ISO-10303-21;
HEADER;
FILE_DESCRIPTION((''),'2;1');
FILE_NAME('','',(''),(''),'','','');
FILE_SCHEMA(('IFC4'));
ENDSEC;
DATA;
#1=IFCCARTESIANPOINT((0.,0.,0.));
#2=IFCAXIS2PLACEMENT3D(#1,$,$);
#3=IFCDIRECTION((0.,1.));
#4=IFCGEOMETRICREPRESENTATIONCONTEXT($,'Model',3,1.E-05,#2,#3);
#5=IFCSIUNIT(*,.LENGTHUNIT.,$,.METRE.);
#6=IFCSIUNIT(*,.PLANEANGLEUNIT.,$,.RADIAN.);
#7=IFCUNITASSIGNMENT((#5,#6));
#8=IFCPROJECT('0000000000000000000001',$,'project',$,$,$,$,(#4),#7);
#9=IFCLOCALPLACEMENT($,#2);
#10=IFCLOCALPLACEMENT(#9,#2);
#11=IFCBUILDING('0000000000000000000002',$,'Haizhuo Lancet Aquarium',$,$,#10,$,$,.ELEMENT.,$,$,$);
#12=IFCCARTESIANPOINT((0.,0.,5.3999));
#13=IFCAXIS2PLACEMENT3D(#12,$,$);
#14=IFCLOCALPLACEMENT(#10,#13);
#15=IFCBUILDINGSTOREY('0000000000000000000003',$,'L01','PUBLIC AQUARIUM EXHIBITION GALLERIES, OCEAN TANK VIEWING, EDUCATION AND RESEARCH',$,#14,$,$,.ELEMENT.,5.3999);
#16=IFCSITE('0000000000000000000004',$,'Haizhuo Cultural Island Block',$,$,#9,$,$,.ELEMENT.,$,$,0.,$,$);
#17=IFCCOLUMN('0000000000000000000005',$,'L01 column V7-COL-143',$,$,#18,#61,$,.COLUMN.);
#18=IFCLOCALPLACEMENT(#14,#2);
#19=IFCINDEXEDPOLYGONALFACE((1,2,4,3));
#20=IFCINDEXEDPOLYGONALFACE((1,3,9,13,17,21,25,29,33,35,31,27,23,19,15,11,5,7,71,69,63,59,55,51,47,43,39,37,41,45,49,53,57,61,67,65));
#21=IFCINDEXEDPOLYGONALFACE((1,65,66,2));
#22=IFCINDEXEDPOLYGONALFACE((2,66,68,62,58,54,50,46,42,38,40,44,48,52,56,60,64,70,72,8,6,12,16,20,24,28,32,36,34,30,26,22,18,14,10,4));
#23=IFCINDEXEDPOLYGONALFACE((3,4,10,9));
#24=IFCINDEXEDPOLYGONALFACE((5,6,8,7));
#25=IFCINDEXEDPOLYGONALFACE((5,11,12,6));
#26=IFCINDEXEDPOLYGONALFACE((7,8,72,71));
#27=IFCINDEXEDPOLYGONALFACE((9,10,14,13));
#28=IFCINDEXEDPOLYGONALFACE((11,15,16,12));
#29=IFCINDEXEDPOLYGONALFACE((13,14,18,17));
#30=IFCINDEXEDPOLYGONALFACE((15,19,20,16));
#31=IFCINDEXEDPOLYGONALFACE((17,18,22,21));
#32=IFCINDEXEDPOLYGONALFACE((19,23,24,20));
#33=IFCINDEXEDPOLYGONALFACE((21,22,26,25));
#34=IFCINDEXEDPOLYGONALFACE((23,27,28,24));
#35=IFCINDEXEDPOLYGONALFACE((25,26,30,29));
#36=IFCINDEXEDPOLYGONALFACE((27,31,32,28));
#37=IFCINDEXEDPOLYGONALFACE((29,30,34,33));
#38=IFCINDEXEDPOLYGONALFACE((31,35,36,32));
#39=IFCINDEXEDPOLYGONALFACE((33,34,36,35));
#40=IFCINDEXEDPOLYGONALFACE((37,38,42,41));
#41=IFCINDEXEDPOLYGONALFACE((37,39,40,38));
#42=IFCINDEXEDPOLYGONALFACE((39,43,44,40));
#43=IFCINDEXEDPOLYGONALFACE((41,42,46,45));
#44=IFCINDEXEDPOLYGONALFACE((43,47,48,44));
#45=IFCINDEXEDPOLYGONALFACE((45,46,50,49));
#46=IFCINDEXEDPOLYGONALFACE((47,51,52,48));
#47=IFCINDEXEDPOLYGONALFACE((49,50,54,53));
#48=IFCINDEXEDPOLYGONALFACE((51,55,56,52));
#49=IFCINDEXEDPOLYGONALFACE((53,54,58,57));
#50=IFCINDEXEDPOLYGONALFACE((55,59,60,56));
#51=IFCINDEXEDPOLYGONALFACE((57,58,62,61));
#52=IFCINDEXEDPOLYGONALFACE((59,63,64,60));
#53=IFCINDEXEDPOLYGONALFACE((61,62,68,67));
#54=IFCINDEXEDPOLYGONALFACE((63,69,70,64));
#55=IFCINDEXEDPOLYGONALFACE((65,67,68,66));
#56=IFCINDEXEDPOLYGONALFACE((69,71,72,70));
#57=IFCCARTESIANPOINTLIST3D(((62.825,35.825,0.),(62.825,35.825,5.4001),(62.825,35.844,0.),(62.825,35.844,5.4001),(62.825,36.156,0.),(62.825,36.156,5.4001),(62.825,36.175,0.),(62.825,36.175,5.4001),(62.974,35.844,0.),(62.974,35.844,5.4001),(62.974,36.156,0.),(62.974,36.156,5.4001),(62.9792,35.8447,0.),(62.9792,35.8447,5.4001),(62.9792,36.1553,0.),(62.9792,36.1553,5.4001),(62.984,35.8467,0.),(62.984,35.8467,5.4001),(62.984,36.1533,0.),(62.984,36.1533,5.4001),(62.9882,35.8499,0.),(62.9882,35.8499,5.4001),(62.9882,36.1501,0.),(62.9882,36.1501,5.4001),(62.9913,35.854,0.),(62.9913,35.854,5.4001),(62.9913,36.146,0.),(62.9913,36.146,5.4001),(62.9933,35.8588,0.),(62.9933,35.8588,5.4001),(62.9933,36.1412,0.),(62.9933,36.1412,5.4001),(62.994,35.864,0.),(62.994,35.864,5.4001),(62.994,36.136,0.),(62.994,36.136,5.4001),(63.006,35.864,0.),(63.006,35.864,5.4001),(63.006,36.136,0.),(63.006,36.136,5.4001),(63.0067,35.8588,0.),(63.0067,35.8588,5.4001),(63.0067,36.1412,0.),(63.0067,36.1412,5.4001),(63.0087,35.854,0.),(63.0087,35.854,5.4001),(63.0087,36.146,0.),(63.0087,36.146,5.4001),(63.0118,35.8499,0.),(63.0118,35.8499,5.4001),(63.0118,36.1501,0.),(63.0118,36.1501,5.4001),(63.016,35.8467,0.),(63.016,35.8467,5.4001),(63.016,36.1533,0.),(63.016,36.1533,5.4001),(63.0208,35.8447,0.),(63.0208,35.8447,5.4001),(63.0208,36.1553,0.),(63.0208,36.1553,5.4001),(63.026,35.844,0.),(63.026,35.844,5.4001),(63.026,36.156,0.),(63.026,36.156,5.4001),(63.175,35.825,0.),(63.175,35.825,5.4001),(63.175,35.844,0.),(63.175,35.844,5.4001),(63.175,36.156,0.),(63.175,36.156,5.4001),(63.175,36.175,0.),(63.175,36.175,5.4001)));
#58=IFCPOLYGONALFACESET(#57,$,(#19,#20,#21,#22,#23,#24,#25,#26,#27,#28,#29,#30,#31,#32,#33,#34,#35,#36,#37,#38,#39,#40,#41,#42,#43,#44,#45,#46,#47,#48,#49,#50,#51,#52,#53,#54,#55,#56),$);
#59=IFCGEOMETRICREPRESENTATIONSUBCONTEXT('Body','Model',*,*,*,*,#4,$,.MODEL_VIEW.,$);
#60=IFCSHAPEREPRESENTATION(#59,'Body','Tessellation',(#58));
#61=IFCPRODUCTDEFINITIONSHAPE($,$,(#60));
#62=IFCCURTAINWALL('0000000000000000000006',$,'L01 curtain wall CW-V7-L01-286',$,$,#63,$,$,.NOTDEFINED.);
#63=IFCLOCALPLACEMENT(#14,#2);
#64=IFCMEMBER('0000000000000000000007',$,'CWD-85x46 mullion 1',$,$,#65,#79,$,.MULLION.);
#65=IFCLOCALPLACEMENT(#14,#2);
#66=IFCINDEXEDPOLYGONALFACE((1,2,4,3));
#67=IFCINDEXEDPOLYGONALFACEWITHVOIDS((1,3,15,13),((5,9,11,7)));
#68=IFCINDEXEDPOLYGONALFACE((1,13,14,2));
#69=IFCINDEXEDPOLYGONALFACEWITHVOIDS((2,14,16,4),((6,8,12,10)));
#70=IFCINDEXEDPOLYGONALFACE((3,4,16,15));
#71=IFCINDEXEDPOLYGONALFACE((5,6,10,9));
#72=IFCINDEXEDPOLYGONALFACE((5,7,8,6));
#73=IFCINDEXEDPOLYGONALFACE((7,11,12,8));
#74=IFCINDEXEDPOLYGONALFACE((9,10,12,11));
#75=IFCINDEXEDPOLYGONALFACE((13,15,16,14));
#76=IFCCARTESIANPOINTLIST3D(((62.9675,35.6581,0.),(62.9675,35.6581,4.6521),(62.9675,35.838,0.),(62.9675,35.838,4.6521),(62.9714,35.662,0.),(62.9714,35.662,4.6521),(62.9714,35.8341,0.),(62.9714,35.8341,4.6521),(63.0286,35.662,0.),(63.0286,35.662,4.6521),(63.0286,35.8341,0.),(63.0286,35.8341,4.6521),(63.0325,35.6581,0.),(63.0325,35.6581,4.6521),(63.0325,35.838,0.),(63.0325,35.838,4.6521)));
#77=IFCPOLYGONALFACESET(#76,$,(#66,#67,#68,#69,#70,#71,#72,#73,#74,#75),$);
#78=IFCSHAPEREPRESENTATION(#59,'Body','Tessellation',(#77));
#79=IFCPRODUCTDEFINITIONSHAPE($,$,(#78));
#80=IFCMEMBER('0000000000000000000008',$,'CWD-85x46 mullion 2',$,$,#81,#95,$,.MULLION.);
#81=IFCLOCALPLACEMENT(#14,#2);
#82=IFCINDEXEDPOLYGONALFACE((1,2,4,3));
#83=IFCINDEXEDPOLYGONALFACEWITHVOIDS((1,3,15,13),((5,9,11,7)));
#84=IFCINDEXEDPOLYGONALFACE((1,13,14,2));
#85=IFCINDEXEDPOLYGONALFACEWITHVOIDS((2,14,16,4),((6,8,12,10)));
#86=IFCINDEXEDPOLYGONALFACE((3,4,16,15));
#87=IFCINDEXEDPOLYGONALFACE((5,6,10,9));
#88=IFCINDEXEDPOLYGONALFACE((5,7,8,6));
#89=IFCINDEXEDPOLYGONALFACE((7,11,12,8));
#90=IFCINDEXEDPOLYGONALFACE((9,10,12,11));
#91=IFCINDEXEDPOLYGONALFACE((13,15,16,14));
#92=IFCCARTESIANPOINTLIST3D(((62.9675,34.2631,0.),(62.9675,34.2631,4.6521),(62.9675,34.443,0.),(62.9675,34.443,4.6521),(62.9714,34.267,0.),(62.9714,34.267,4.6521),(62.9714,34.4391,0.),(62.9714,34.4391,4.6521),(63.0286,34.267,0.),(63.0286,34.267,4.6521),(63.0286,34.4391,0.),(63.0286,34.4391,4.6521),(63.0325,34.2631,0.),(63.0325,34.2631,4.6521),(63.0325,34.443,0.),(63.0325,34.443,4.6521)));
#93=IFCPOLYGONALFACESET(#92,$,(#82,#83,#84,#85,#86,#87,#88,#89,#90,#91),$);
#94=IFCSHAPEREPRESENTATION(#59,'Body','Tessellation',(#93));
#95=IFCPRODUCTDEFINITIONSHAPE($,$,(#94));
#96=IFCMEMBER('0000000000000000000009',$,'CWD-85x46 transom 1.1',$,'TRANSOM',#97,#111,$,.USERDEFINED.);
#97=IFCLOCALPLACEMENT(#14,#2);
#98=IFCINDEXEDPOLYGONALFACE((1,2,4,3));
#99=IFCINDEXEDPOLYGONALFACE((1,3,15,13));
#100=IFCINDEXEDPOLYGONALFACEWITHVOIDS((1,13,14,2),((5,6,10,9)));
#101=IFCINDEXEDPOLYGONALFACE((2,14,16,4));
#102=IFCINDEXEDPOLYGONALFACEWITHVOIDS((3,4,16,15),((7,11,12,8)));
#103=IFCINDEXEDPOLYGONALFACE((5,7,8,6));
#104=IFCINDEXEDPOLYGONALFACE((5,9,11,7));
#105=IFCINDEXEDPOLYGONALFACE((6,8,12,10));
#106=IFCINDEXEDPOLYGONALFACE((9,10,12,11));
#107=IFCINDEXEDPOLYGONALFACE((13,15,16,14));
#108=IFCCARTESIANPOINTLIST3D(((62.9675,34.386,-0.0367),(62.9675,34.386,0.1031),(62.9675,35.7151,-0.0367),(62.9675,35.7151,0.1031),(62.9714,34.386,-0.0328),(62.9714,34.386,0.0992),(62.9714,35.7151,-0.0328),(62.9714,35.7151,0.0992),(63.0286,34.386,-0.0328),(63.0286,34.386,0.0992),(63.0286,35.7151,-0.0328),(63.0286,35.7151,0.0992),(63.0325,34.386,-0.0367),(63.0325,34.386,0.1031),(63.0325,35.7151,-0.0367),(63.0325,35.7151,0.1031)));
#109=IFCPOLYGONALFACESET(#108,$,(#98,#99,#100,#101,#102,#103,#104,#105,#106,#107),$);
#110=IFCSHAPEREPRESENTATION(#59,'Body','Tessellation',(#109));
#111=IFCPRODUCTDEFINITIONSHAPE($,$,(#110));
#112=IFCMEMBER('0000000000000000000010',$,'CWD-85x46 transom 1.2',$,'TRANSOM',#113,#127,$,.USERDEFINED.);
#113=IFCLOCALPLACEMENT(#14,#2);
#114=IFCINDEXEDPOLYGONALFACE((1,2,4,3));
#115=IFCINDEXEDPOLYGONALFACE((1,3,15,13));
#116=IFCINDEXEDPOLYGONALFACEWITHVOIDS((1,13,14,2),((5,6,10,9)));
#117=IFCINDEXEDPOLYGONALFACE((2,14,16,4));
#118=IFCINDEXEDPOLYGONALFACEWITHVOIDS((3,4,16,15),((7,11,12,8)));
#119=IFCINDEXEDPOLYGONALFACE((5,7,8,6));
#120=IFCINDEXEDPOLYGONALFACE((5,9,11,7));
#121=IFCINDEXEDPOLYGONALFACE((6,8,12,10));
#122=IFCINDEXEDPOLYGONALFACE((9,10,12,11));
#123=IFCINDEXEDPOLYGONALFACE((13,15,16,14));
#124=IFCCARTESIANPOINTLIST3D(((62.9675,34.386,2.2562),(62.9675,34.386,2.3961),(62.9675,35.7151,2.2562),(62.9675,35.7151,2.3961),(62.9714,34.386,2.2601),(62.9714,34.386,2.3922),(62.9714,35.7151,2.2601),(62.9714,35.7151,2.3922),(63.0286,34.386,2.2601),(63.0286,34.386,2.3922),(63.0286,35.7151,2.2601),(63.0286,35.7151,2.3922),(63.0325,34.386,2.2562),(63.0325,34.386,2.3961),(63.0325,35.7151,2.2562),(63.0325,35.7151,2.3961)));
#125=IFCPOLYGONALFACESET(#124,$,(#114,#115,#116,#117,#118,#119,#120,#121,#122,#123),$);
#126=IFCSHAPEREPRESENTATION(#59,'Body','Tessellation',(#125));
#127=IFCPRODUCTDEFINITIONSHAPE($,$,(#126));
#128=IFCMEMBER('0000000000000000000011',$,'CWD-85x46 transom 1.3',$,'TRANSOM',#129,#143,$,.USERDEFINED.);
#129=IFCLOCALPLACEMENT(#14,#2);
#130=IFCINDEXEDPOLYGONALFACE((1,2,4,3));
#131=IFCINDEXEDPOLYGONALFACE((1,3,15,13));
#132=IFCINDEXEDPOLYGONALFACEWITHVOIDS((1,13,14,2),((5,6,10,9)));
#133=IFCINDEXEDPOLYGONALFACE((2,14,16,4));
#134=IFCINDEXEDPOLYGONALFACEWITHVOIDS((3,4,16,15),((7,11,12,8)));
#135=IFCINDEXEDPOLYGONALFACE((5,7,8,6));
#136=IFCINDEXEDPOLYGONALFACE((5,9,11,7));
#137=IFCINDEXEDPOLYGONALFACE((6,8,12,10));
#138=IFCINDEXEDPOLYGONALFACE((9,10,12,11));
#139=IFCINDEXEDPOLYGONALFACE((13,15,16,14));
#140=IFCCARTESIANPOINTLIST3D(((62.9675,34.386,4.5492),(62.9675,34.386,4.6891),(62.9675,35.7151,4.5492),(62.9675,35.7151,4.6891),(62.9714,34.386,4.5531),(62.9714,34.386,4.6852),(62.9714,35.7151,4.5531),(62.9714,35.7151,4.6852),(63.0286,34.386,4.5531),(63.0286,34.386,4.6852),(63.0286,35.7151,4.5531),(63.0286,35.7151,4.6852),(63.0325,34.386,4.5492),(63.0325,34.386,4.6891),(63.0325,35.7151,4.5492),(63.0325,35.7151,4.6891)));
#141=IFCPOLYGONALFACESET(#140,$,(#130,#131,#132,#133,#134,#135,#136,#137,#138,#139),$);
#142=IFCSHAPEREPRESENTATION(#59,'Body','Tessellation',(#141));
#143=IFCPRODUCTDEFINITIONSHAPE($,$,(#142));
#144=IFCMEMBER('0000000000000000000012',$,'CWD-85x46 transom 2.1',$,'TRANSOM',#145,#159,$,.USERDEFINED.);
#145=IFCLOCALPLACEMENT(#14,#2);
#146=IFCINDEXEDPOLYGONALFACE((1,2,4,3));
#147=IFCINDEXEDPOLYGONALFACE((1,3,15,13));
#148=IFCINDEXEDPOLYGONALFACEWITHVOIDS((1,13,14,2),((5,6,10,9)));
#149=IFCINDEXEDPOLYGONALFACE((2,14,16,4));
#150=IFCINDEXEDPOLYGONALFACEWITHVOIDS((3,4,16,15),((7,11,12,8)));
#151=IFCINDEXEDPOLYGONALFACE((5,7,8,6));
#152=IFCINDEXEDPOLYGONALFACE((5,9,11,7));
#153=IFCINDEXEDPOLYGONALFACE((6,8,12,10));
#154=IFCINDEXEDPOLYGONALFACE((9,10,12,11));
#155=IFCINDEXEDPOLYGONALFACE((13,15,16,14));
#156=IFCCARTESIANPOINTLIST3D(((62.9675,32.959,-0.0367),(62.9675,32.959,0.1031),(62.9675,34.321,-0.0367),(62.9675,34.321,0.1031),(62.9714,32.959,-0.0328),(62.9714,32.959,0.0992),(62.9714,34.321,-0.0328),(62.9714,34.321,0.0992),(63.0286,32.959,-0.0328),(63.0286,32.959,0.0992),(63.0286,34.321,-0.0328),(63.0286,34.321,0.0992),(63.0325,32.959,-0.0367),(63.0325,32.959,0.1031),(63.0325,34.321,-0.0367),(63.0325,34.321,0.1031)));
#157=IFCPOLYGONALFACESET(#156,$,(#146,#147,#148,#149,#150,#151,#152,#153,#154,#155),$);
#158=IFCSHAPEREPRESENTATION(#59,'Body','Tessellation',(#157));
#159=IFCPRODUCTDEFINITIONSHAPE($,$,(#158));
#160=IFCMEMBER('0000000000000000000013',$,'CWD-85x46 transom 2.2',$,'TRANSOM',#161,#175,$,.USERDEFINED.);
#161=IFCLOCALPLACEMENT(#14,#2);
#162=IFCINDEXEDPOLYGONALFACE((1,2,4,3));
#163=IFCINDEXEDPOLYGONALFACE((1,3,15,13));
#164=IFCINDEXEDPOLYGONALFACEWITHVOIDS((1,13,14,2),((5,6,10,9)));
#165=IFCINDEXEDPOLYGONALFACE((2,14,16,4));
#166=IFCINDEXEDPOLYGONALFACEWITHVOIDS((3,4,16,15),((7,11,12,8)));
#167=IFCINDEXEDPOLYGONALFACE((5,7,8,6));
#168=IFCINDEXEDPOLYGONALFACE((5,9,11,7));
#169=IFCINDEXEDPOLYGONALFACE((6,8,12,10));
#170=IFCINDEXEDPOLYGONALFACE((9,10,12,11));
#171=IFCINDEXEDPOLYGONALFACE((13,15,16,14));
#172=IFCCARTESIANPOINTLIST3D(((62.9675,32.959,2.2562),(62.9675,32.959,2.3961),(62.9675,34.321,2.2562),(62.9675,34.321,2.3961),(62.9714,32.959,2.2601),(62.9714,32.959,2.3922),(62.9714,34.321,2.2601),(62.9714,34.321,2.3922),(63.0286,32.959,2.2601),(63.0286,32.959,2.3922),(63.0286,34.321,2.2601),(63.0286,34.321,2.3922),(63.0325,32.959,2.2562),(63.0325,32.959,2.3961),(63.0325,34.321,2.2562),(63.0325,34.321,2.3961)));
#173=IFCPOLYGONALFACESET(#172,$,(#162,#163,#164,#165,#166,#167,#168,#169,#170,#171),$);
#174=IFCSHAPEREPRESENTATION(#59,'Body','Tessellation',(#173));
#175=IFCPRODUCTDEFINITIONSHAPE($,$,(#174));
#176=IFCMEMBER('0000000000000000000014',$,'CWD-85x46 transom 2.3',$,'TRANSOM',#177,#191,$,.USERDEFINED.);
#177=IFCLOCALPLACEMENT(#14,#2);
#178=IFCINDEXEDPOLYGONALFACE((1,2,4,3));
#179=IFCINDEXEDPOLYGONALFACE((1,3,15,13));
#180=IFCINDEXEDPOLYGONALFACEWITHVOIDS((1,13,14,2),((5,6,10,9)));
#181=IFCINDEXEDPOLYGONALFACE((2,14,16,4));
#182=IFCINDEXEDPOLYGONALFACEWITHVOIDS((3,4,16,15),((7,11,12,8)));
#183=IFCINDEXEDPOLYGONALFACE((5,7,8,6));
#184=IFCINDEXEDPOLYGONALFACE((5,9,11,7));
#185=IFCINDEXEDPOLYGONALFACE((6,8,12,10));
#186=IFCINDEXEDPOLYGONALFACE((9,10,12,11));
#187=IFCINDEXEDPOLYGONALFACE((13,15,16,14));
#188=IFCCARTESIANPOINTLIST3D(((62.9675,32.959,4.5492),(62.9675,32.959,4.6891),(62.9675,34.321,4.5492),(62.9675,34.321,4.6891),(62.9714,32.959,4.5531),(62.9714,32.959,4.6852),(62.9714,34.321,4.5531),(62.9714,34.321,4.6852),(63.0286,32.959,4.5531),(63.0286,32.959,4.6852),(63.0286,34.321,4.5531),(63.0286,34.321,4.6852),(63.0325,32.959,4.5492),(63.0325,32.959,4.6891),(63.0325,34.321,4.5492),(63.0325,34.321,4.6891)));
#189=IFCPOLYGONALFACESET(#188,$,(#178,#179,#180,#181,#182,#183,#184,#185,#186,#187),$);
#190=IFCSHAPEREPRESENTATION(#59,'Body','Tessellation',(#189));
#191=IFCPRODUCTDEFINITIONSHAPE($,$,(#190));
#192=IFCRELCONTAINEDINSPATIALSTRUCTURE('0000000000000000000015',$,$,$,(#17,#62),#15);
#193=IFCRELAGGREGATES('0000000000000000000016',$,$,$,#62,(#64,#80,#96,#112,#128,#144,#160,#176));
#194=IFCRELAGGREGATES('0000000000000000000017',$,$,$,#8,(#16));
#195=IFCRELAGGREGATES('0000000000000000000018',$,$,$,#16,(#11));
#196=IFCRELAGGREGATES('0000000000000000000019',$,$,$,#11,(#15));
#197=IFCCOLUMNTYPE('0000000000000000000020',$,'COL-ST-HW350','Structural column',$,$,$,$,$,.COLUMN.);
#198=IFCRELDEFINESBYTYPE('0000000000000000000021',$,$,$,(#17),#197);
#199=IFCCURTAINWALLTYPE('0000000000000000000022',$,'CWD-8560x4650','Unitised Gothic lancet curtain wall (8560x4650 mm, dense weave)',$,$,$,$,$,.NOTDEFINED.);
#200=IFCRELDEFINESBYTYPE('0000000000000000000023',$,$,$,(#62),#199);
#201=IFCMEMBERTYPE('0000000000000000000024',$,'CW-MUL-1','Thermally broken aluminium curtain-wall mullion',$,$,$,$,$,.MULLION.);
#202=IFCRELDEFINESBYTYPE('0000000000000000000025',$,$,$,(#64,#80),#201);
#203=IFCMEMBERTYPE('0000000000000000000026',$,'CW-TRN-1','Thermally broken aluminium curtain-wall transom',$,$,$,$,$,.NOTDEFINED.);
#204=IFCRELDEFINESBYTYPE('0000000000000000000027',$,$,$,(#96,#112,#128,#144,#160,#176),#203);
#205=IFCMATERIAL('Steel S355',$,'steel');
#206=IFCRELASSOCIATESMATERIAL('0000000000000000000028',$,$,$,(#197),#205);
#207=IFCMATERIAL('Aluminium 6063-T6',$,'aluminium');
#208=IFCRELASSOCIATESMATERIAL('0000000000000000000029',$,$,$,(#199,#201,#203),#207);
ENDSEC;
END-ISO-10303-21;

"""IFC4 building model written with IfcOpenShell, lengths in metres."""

from ifc_helpers import new_model, si_unit, direction, frame, origin, origin_2d, place, context, subcontext, project, spatial, hollow_rectangle, i_section, extrude, material, material_profile, profile_set, type_object, element, aggregate, save


model = new_model("IFC4")

# Units and contexts
model_context = context("Model", 3, precision=1e-05, world=origin(), true_north=direction((0.0, 1.0)))
body_context = subcontext(model_context, "Body", "Model", "MODEL_VIEW")
ifc_project = project(units=[si_unit("LENGTHUNIT", "METRE"), si_unit("PLANEANGLEUNIT", "RADIAN")], contexts=[model_context])

# Site, building, storey
site_placement = place(None, origin())
site = spatial("IfcSite", under=ifc_project, at=site_placement, Name="Haizhuo Cultural Island Block", CompositionType="ELEMENT", RefElevation=0.0)
building_placement = place(site_placement, origin())
building = spatial("IfcBuilding", under=site, at=building_placement, Name="Haizhuo Lancet Aquarium", CompositionType="ELEMENT")
storey_placement = place(building_placement, frame((0.0, 0.0, 5.3999)))
storey = spatial("IfcBuildingStorey", under=building, at=storey_placement, Name="L01", Description="PUBLIC AQUARIUM EXHIBITION GALLERIES, OCEAN TANK VIEWING, EDUCATION AND RESEARCH", CompositionType="ELEMENT", Elevation=5.3999)

# Column
ifc_material_1 = material(Name="Steel S355", Category="steel")
ifc_material_profile_1 = material_profile(ifc_material_1, i_section(OverallWidth=0.3501, OverallDepth=0.3501, WebThickness=0.012, FlangeThickness=0.019, FilletRadius=0.02, at=origin_2d()), Name="HW 350x350x12x19")
ifc_profile_set_1 = profile_set([ifc_material_profile_1], Name="Steel S355")
column_type = type_object("IfcColumnType", Name="COL-ST-HW350", Description="Structural column", PredefinedType="COLUMN", material=ifc_profile_set_1)
column_placement = place(storey_placement, frame((63.0, 36.0, 0.0), z_axis=(0.0, 0.0, 1.0), x_axis=(1.0, 0.0, 0.0)))
element("IfcColumn", 1, at=column_placement, inside=storey, type_object=column_type, Name="L01 column V7-COL-143", PredefinedType="COLUMN", context=body_context, shape_type="SweptSolid", body=[
    extrude(i_section(OverallWidth=0.3501, OverallDepth=0.3501, WebThickness=0.012, FlangeThickness=0.019, FilletRadius=0.02, at=origin_2d()), origin(), (0.0, 0.0, 1.0), 5.4001),
])

# Curtain wall, members
ifc_material_2 = material(Name="Aluminium 6063-T6", Category="aluminium")
curtain_wall_type = type_object("IfcCurtainWallType", Name="CWD-8560x4650", Description="Unitised Gothic lancet curtain wall (8560x4650 mm, dense weave)", PredefinedType="NOTDEFINED", material=ifc_material_2)
curtain_wall_placement = place(storey_placement, origin())
curtain_wall = element("IfcCurtainWall", 2, at=curtain_wall_placement, inside=storey, type_object=curtain_wall_type, Name="L01 curtain wall CW-V7-L01-286", PredefinedType="NOTDEFINED")
ifc_material_profile_2 = material_profile(ifc_material_2, hollow_rectangle(XDim=0.0649, YDim=0.1799, WallThickness=0.0039, at=origin_2d()), Name="ALU-M 65x180x4")
ifc_profile_set_2 = profile_set([ifc_material_profile_2], Name="Aluminium 6063-T6")
member_type_1 = type_object("IfcMemberType", Name="CW-MUL-1", Description="Thermally broken aluminium curtain-wall mullion", PredefinedType="MULLION", material=ifc_profile_set_2)
member_1_placement = place(storey_placement, frame((63.0, 35.748, 0.0), z_axis=(0.0, 0.0, 1.0), x_axis=(1.0, 0.0, 0.0)))
member_1 = element("IfcMember", 3, at=member_1_placement, type_object=member_type_1, Name="CWD-85x46 mullion 1", PredefinedType="MULLION", context=body_context, shape_type="SweptSolid", body=[
    extrude(hollow_rectangle(XDim=0.0649, YDim=0.1799, WallThickness=0.0039, at=origin_2d()), origin(), (0.0, 0.0, 1.0), 4.6521),
])
member_2_placement = place(storey_placement, frame((63.0, 34.353, 0.0), z_axis=(0.0, 0.0, 1.0), x_axis=(1.0, 0.0, 0.0)))
member_2 = element("IfcMember", 4, at=member_2_placement, type_object=member_type_1, Name="CWD-85x46 mullion 2", PredefinedType="MULLION", context=body_context, shape_type="SweptSolid", body=[
    extrude(hollow_rectangle(XDim=0.0649, YDim=0.1799, WallThickness=0.0039, at=origin_2d()), origin(), (0.0, 0.0, 1.0), 4.6521),
])
ifc_material_profile_3 = material_profile(ifc_material_2, hollow_rectangle(XDim=0.0649, YDim=0.1399, WallThickness=0.0039, at=origin_2d()), Name="ALU-T 65x140x4")
ifc_profile_set_3 = profile_set([ifc_material_profile_3], Name="Aluminium 6063-T6")
member_type_2 = type_object("IfcMemberType", Name="CW-TRN-1", Description="Thermally broken aluminium curtain-wall transom", PredefinedType="NOTDEFINED", material=ifc_profile_set_3)
member_3_placement = place(storey_placement, frame((63.0, 35.7151, 0.0332), z_axis=(0.0, -1.0, 0.0), x_axis=(1.0, 0.0, 0.0)))
member_3 = element("IfcMember", 5, at=member_3_placement, type_object=member_type_2, Name="CWD-85x46 transom 1.1", ObjectType="TRANSOM", PredefinedType="USERDEFINED", context=body_context, shape_type="SweptSolid", body=[
    extrude(hollow_rectangle(XDim=0.0649, YDim=0.1399, WallThickness=0.0039, at=origin_2d()), origin(), (0.0, 0.0, 1.0), 1.3291),
])
member_4_placement = place(storey_placement, frame((63.0, 35.7151, 2.3262), z_axis=(0.0, -1.0, 0.0), x_axis=(1.0, 0.0, 0.0)))
member_4 = element("IfcMember", 6, at=member_4_placement, type_object=member_type_2, Name="CWD-85x46 transom 1.2", ObjectType="TRANSOM", PredefinedType="USERDEFINED", context=body_context, shape_type="SweptSolid", body=[
    extrude(hollow_rectangle(XDim=0.0649, YDim=0.1399, WallThickness=0.0039, at=origin_2d()), origin(), (0.0, 0.0, 1.0), 1.3291),
])
member_5_placement = place(storey_placement, frame((63.0, 35.7151, 4.6191), z_axis=(0.0, -1.0, 0.0), x_axis=(1.0, 0.0, 0.0)))
member_5 = element("IfcMember", 7, at=member_5_placement, type_object=member_type_2, Name="CWD-85x46 transom 1.3", ObjectType="TRANSOM", PredefinedType="USERDEFINED", context=body_context, shape_type="SweptSolid", body=[
    extrude(hollow_rectangle(XDim=0.0649, YDim=0.1399, WallThickness=0.0039, at=origin_2d()), origin(), (0.0, 0.0, 1.0), 1.3291),
])
member_6_placement = place(storey_placement, frame((63.0, 34.321, 0.0332), z_axis=(0.0, -1.0, 0.0), x_axis=(1.0, 0.0, 0.0)))
member_6 = element("IfcMember", 8, at=member_6_placement, type_object=member_type_2, Name="CWD-85x46 transom 2.1", ObjectType="TRANSOM", PredefinedType="USERDEFINED", context=body_context, shape_type="SweptSolid", body=[
    extrude(hollow_rectangle(XDim=0.0649, YDim=0.1399, WallThickness=0.0039, at=origin_2d()), origin(), (0.0, 0.0, 1.0), 1.3621),
])
member_7_placement = place(storey_placement, frame((63.0, 34.321, 2.3262), z_axis=(0.0, -1.0, 0.0), x_axis=(1.0, 0.0, 0.0)))
member_7 = element("IfcMember", 9, at=member_7_placement, type_object=member_type_2, Name="CWD-85x46 transom 2.2", ObjectType="TRANSOM", PredefinedType="USERDEFINED", context=body_context, shape_type="SweptSolid", body=[
    extrude(hollow_rectangle(XDim=0.0649, YDim=0.1399, WallThickness=0.0039, at=origin_2d()), origin(), (0.0, 0.0, 1.0), 1.3621),
])
member_8_placement = place(storey_placement, frame((63.0, 34.321, 4.6191), z_axis=(0.0, -1.0, 0.0), x_axis=(1.0, 0.0, 0.0)))
member_8 = element("IfcMember", 10, at=member_8_placement, type_object=member_type_2, Name="CWD-85x46 transom 2.3", ObjectType="TRANSOM", PredefinedType="USERDEFINED", context=body_context, shape_type="SweptSolid", body=[
    extrude(hollow_rectangle(XDim=0.0649, YDim=0.1399, WallThickness=0.0039, at=origin_2d()), origin(), (0.0, 0.0, 1.0), 1.3621),
])

aggregate(curtain_wall, [member_1, member_2, member_3, member_4, member_5, member_6, member_7, member_8])

save(model, "model.ifc")
